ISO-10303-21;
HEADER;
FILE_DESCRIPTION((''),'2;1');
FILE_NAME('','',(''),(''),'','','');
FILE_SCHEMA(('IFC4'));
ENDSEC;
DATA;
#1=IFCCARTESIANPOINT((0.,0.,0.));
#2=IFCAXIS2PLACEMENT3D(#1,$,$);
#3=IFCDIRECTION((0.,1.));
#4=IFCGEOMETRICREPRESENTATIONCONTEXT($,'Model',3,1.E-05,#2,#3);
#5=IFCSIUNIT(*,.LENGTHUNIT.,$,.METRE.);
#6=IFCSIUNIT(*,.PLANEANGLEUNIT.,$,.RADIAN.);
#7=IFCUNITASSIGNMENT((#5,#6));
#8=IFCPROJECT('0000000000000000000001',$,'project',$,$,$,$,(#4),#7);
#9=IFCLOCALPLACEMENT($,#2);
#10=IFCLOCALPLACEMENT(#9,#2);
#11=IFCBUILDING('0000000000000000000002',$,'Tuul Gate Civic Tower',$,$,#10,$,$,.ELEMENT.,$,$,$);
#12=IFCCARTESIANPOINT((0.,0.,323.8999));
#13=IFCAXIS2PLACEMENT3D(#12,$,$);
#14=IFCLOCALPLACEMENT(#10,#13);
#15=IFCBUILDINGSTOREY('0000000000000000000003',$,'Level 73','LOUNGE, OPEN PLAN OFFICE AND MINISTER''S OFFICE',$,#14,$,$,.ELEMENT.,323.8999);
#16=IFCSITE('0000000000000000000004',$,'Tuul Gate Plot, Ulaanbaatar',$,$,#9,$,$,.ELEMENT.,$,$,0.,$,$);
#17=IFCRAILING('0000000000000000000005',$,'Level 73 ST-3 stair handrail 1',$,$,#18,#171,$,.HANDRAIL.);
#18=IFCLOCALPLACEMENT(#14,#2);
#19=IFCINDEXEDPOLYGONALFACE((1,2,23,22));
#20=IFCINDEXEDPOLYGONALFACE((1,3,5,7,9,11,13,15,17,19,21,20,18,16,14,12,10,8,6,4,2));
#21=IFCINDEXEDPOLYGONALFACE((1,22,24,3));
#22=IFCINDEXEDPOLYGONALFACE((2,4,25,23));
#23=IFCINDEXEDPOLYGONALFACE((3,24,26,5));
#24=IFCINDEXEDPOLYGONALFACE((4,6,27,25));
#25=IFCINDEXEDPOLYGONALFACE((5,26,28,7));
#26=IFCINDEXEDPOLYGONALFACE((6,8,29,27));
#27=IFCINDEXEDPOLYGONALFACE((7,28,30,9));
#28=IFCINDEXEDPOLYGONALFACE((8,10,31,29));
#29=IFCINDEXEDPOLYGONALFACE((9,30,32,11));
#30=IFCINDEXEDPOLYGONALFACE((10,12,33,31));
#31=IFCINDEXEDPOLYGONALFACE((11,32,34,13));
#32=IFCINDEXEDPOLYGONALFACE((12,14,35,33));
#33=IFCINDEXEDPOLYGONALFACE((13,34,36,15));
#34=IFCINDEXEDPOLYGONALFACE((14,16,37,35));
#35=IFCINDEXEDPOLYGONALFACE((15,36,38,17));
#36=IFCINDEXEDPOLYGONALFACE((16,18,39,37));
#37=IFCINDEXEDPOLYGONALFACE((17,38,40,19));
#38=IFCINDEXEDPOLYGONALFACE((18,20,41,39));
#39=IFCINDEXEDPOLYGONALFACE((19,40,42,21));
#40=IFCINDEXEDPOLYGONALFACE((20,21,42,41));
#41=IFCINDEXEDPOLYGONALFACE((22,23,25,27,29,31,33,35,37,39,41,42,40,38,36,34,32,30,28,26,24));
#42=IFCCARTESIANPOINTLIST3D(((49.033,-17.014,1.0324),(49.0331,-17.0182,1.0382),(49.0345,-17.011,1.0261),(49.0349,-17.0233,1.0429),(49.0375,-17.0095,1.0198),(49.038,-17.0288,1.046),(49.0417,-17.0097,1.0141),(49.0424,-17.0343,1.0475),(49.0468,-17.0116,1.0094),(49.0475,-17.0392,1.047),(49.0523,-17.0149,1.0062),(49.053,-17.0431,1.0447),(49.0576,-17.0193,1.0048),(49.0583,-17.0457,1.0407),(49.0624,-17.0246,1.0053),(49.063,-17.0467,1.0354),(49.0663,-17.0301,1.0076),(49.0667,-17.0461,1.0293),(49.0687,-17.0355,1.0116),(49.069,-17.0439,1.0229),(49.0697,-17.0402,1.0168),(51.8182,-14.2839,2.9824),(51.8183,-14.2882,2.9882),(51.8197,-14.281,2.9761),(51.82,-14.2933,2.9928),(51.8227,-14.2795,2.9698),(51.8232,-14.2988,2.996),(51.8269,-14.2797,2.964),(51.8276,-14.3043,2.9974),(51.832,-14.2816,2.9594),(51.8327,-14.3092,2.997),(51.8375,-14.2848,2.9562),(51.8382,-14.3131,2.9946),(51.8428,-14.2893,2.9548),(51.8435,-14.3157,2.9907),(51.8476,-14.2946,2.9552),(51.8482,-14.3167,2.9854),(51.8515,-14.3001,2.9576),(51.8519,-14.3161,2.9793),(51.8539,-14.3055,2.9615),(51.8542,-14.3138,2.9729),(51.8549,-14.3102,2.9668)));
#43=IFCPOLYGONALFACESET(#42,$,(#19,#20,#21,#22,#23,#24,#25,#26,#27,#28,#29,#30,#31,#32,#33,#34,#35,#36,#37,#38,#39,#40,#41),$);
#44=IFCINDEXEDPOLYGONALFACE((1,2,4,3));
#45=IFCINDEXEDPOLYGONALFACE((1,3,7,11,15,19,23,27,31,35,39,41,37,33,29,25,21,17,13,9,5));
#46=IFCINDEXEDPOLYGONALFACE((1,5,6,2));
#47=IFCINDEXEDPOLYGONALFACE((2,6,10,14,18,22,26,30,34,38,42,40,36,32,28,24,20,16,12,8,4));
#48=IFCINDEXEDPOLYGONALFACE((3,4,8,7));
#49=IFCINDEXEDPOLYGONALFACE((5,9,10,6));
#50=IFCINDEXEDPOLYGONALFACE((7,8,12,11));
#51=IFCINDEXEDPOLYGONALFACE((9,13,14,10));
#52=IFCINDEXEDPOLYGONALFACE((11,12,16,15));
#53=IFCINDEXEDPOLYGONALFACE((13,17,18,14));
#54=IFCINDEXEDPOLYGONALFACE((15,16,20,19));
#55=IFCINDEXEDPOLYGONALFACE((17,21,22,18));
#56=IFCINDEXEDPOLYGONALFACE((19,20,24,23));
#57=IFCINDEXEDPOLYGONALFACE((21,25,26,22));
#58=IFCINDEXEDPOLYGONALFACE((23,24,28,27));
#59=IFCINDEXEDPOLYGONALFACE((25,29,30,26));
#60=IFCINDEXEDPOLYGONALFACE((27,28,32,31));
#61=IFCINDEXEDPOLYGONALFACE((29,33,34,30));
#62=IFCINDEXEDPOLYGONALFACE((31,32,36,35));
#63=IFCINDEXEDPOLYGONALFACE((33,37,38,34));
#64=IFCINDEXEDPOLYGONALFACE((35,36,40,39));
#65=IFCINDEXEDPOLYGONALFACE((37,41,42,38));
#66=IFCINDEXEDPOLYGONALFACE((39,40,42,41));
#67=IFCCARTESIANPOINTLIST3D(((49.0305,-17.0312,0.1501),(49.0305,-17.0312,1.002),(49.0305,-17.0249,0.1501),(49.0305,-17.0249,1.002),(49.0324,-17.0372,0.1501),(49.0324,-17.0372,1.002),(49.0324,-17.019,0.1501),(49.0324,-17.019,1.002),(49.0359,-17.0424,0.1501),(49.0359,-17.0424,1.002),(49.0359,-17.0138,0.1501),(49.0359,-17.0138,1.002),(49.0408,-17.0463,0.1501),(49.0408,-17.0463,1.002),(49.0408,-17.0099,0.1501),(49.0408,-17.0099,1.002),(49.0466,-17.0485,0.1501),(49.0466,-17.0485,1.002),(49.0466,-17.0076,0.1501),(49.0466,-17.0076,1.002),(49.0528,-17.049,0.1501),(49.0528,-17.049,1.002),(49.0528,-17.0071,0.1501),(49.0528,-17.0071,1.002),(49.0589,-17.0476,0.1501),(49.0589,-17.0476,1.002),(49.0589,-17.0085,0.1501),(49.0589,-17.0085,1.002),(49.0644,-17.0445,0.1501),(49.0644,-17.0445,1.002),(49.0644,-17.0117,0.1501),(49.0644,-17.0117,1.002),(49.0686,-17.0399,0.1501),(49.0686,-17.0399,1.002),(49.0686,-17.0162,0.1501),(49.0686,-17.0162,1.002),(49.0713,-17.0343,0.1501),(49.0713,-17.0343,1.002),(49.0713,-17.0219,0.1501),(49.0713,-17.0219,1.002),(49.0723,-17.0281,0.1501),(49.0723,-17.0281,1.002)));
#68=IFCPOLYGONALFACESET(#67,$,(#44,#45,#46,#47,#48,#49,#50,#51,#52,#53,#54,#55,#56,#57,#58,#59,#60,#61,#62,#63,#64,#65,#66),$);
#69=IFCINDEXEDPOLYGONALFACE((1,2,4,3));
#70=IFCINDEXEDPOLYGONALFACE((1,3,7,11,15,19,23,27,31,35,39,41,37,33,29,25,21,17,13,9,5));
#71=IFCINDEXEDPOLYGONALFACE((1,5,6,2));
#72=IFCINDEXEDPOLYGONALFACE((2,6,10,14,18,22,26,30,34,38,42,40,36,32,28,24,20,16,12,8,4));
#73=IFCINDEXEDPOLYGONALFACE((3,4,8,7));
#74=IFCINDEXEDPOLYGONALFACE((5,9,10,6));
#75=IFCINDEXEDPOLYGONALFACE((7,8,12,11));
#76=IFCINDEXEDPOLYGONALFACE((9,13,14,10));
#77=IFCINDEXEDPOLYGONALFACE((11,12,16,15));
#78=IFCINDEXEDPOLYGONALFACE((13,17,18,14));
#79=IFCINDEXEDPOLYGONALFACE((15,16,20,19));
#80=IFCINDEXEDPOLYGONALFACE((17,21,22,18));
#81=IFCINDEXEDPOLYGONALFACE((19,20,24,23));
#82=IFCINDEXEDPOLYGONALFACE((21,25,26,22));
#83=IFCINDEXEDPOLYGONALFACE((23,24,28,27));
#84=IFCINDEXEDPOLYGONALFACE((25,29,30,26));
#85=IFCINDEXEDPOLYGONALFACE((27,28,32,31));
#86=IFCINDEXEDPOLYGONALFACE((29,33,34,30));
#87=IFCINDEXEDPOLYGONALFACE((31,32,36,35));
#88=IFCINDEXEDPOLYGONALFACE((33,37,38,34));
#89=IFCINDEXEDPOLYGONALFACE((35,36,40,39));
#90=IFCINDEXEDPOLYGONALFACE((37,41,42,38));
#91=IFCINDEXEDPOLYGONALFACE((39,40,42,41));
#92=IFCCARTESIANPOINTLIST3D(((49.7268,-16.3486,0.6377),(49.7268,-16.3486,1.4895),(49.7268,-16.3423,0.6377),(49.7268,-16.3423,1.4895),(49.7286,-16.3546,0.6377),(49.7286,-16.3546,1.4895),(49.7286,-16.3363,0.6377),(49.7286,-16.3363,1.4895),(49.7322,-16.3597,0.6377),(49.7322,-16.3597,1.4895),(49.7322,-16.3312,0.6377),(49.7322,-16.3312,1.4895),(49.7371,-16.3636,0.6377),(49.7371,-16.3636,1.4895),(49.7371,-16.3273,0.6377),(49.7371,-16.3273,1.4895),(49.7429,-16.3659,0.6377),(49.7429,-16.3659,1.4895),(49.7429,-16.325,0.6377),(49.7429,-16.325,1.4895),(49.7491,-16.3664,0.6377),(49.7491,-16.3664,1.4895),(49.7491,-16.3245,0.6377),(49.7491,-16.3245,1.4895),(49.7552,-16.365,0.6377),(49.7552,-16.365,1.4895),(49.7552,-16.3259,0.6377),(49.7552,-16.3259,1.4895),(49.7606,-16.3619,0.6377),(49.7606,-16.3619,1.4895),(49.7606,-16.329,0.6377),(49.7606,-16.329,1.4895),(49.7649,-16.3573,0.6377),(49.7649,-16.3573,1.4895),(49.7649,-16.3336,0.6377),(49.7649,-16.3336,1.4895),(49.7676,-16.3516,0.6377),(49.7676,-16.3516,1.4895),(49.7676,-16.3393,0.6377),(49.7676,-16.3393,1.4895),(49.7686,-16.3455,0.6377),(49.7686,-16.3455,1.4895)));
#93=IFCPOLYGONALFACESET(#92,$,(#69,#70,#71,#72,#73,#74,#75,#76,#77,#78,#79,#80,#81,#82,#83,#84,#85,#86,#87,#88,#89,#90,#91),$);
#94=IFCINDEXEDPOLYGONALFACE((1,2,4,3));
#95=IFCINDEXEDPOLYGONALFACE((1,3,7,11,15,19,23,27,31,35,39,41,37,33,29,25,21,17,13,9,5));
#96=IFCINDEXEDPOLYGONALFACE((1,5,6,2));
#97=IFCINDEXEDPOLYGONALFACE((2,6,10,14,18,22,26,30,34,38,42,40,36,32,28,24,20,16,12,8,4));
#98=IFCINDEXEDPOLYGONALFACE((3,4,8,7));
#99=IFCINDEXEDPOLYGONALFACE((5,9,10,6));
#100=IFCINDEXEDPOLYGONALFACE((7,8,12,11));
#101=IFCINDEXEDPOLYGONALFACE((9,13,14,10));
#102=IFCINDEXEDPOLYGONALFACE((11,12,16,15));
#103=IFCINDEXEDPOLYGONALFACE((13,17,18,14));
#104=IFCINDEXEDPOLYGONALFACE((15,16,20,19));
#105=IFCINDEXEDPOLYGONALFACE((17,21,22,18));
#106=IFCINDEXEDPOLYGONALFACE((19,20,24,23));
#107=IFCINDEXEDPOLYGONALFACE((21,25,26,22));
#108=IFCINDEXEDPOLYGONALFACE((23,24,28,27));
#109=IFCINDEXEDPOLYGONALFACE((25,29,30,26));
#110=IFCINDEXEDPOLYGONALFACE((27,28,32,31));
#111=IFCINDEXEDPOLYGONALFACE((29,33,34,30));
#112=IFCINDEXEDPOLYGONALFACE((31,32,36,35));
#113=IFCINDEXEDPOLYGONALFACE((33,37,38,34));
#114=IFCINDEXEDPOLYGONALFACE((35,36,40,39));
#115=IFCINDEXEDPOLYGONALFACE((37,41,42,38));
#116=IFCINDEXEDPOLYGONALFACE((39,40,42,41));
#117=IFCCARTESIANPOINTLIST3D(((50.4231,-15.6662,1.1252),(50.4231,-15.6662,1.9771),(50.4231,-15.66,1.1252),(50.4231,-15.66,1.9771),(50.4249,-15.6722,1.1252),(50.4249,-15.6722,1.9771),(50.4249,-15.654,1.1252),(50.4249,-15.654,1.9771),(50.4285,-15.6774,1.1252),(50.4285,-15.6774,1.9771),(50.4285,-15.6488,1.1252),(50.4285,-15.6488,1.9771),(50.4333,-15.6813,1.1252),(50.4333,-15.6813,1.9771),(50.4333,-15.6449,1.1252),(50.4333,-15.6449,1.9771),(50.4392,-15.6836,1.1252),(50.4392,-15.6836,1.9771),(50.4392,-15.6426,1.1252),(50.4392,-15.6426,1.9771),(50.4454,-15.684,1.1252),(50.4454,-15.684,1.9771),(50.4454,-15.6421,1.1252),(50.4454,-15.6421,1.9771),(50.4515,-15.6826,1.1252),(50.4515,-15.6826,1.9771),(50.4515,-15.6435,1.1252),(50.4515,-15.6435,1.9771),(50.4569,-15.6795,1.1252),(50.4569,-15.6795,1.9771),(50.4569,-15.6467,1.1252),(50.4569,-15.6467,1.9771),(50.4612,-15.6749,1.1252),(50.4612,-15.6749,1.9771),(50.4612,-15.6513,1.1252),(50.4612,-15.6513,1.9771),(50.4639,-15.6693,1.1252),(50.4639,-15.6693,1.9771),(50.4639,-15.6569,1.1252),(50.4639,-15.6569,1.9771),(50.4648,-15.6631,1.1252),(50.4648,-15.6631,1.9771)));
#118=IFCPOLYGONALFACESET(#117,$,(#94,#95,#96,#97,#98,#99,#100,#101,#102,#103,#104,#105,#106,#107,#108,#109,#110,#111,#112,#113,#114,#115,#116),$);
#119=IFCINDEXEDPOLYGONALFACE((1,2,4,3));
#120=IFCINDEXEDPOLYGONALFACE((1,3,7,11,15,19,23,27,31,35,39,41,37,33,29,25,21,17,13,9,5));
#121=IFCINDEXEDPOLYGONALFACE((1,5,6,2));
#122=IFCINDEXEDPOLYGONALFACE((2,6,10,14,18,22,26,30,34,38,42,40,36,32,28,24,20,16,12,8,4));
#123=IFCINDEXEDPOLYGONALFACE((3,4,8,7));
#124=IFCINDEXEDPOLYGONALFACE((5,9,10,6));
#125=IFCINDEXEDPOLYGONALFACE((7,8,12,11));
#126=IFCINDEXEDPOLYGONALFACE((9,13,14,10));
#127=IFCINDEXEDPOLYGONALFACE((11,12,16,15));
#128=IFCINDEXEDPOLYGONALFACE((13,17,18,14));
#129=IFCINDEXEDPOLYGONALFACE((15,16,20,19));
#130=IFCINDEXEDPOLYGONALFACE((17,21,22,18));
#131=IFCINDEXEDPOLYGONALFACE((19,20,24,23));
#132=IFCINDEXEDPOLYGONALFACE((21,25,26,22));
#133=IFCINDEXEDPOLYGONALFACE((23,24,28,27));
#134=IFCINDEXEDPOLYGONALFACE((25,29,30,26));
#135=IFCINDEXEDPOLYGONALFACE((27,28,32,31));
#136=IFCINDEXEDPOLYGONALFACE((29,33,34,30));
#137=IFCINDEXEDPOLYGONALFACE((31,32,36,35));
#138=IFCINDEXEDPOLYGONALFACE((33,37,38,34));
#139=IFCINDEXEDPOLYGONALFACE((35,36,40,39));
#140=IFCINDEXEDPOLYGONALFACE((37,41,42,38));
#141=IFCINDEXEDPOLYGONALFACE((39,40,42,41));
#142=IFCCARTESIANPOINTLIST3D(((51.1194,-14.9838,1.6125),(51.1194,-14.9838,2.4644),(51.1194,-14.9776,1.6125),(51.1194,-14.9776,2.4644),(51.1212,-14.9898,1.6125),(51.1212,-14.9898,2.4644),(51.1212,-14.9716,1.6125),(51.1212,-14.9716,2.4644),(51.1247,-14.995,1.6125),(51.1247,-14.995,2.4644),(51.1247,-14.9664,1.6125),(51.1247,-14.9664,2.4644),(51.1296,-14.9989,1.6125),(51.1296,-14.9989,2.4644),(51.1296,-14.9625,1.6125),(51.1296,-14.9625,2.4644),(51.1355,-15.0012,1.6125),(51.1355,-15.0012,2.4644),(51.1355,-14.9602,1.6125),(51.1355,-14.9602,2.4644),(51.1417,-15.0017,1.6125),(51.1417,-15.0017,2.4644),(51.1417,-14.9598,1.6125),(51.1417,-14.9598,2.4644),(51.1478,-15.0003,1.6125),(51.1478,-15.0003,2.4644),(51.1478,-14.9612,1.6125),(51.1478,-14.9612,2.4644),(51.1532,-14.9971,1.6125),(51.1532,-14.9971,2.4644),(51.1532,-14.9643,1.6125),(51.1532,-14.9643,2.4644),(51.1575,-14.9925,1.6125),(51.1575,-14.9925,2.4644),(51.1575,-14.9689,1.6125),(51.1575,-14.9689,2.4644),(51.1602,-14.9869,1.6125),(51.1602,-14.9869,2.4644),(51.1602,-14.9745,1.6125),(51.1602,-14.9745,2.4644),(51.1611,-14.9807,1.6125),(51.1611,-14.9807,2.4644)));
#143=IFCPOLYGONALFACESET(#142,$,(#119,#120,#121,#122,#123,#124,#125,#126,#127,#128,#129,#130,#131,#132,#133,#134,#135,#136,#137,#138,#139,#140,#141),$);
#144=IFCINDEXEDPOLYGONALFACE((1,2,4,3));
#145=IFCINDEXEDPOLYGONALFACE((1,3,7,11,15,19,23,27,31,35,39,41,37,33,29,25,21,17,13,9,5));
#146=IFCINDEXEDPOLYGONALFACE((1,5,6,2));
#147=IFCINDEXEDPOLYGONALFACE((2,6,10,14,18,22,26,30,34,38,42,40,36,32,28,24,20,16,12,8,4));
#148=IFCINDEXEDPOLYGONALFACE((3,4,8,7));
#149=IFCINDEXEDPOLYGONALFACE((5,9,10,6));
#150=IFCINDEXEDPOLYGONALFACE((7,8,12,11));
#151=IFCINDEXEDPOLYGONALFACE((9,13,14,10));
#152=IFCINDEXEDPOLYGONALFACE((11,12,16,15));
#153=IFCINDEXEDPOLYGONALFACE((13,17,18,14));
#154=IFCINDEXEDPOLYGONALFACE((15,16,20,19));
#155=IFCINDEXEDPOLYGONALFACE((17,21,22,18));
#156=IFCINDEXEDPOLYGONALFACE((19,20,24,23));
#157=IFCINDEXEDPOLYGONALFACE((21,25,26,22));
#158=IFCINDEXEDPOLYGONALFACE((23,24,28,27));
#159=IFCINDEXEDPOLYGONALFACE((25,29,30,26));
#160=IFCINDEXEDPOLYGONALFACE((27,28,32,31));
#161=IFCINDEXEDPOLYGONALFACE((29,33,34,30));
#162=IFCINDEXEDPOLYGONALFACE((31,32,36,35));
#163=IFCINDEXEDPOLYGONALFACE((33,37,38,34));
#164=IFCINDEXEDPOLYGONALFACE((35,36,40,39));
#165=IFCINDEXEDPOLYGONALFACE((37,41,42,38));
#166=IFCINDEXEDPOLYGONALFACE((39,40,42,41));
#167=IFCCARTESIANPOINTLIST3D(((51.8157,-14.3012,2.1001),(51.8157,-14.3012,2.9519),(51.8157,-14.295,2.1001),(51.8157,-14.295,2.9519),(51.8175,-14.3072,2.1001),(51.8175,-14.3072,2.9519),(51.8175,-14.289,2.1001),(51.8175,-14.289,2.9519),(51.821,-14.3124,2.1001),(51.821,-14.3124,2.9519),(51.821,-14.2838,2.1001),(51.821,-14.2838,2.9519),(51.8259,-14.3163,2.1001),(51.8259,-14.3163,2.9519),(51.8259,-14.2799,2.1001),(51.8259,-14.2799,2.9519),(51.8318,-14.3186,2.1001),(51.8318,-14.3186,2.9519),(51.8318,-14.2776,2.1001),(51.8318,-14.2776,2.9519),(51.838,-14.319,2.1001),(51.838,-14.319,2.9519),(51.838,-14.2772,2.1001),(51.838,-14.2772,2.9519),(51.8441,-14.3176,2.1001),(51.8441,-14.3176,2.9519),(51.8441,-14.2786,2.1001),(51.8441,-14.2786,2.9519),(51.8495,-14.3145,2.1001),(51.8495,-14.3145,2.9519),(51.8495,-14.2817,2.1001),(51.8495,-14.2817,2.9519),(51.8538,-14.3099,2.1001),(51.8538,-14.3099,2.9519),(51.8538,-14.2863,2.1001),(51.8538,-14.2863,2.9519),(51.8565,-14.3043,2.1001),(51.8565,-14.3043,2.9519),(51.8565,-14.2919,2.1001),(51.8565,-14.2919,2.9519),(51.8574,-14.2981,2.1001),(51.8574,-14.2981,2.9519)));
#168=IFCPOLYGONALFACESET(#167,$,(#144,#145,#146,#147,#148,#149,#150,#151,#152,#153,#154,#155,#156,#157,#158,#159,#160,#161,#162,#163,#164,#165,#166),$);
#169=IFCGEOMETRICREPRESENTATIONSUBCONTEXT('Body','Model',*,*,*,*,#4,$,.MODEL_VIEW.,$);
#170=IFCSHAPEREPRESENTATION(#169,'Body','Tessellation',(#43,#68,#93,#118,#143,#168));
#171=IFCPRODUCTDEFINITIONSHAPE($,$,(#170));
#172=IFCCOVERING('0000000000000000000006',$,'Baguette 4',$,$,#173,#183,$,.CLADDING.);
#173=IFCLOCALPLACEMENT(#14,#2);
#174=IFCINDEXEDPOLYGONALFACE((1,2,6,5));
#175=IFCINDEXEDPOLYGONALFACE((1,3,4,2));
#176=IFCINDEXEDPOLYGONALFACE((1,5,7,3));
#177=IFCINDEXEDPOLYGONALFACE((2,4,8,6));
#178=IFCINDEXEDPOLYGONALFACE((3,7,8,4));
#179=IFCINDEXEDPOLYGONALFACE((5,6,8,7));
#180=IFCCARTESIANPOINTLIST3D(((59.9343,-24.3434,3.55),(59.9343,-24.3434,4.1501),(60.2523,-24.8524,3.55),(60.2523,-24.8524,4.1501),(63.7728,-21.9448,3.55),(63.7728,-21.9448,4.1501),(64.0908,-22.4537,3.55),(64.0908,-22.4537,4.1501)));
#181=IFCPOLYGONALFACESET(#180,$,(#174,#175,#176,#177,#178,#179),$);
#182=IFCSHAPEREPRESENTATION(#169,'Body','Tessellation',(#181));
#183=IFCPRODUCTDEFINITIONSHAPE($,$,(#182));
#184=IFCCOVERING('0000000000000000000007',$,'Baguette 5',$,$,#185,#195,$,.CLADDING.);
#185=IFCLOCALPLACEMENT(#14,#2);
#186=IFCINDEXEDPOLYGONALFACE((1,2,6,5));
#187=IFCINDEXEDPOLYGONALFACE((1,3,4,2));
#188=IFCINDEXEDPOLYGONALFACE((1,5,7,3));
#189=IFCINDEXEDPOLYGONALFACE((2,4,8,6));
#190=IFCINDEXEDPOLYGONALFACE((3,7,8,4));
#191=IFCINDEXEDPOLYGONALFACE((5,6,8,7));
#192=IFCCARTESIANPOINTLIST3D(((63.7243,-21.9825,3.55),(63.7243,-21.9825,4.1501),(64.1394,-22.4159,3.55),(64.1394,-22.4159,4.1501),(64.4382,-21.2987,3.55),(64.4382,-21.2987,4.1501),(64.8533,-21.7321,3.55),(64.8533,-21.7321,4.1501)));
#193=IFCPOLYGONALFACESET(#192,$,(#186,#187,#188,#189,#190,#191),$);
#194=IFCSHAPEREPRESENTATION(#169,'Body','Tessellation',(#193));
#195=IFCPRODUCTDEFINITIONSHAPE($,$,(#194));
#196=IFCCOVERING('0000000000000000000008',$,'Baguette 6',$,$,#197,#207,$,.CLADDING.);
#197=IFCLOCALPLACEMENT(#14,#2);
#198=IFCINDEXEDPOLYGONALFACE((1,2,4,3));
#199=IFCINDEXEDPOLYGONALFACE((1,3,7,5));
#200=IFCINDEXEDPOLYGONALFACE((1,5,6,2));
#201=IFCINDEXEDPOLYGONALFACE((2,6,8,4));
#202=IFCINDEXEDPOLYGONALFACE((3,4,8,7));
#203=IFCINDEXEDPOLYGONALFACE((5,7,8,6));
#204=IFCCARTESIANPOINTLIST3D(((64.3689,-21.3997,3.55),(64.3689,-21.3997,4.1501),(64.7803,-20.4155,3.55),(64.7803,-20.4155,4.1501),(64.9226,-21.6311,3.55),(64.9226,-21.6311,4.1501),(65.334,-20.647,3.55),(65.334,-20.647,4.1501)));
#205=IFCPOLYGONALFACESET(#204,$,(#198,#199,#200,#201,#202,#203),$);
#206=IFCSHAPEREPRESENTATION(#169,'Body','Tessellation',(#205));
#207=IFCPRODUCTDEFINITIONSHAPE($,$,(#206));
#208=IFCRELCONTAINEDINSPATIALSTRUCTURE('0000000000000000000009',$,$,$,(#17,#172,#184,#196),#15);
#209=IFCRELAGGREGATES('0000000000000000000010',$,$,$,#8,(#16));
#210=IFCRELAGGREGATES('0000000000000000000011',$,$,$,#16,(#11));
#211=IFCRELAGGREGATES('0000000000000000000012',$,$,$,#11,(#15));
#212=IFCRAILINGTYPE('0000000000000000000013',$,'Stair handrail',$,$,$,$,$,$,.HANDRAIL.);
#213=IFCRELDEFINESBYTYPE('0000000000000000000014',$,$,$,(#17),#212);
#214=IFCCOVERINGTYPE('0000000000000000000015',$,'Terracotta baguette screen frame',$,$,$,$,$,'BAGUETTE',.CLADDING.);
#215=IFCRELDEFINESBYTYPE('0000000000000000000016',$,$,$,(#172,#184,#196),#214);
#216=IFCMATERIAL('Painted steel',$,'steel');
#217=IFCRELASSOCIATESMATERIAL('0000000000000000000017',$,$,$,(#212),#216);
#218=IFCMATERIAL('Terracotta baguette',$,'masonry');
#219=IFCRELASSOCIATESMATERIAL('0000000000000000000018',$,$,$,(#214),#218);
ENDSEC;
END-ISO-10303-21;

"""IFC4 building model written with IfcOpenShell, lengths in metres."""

from ifc_helpers import new_model, si_unit, direction, frame, origin, origin_2d, place, context, subcontext, project, spatial, rectangle, circle, extrude, material, material_profile, profile_set, type_object, element, save


model = new_model("IFC4")

# Units and contexts
model_context = context("Model", 3, precision=1e-05, world=origin(), true_north=direction((0.0, 1.0)))
body_context = subcontext(model_context, "Body", "Model", "MODEL_VIEW")
ifc_project = project(units=[si_unit("LENGTHUNIT", "METRE"), si_unit("PLANEANGLEUNIT", "RADIAN")], contexts=[model_context])

# Site, building, storey
site_placement = place(None, origin())
site = spatial("IfcSite", under=ifc_project, at=site_placement, Name="Tuul Gate Plot, Ulaanbaatar", CompositionType="ELEMENT", RefElevation=0.0)
building_placement = place(site_placement, origin())
building = spatial("IfcBuilding", under=site, at=building_placement, Name="Tuul Gate Civic Tower", CompositionType="ELEMENT")
storey_placement = place(building_placement, frame((0.0, 0.0, 323.8999)))
storey = spatial("IfcBuildingStorey", under=building, at=storey_placement, Name="Level 73", Description="LOUNGE, OPEN PLAN OFFICE AND MINISTER'S OFFICE", CompositionType="ELEMENT", Elevation=323.8999)

# Railing
ifc_material_1 = material(Name="Painted steel", Category="steel")
railing_type = type_object("IfcRailingType", Name="Stair handrail", PredefinedType="HANDRAIL", material=ifc_material_1)
railing_placement = place(storey_placement, frame((49.0513, -17.0281, 0.1501)))
element("IfcRailing", 1, at=railing_placement, inside=storey, type_object=railing_type, Name="Level 73 ST-3 stair handrail 1", PredefinedType="HANDRAIL", context=body_context, shape_type="SweptSolid", body=[
    extrude(circle(Radius=0.0239, at=origin_2d()), frame((0.0, 0.0, 0.876), z_axis=(0.638754, 0.6261, 0.447206), x_axis=(-0.699998, 0.714145, 0.0)), (0.0, 0.0, 1.0), 4.3604),
    extrude(circle(Radius=0.021, at=origin_2d()), origin(), (0.0, 0.0, 1.0), 0.8518),
    extrude(circle(Radius=0.021, at=origin_2d()), frame((0.6963, 0.6826, 0.4875)), (0.0, 0.0, 1.0), 0.8518),
    extrude(circle(Radius=0.021, at=origin_2d()), frame((1.3926, 1.365, 0.9751)), (0.0, 0.0, 1.0), 0.8518),
    extrude(circle(Radius=0.021, at=origin_2d()), frame((2.0889, 2.0474, 1.4624)), (0.0, 0.0, 1.0), 0.8518),
    extrude(circle(Radius=0.021, at=origin_2d()), frame((2.7852, 2.73, 1.95)), (0.0, 0.0, 1.0), 0.8518),
])

# Coverings
ifc_material_2 = material(Name="Terracotta baguette", Category="masonry")
ifc_material_profile_1 = material_profile(ifc_material_2, rectangle(XDim=0.6001, YDim=0.6001, at=origin_2d()), Name="Terracotta baguette screen frame")
ifc_profile_set_1 = profile_set([ifc_material_profile_1], Name="Terracotta baguette")
covering_type = type_object("IfcCoveringType", Name="Terracotta baguette screen frame", ElementType="BAGUETTE", PredefinedType="CLADDING", material=ifc_profile_set_1)
covering_1_placement = place(storey_placement, frame((60.0933, -24.5979, 3.8501), z_axis=(0.848044, 0.529926, 0.0), x_axis=(-0.529926, 0.848044, 0.0)))
element("IfcCovering", 2, at=covering_1_placement, inside=storey, type_object=covering_type, Name="Baguette 4", PredefinedType="CLADDING", context=body_context, shape_type="SweptSolid", body=[
    extrude(rectangle(XDim=0.6001, YDim=0.6001, at=origin_2d()), origin(), (0.0, 0.0, 1.0), 4.5264),
])
covering_2_placement = place(storey_placement, frame((63.9319, -22.1992, 3.8501), z_axis=(0.722132, 0.691755, 0.0), x_axis=(-0.691755, 0.722132, 0.0)))
element("IfcCovering", 3, at=covering_2_placement, inside=storey, type_object=covering_type, Name="Baguette 5", PredefinedType="CLADDING", context=body_context, shape_type="SweptSolid", body=[
    extrude(rectangle(XDim=0.6001, YDim=0.6001, at=origin_2d()), origin(), (0.0, 0.0, 1.0), 0.9885),
])
covering_3_placement = place(storey_placement, frame((64.6458, -21.5154, 3.8501), z_axis=(0.385672, 0.922636, 0.0), x_axis=(-0.922636, 0.385672, 0.0)))
element("IfcCovering", 4, at=covering_3_placement, inside=storey, type_object=covering_type, Name="Baguette 6", PredefinedType="CLADDING", context=body_context, shape_type="SweptSolid", body=[
    extrude(rectangle(XDim=0.6001, YDim=0.6001, at=origin_2d()), origin(), (0.0, 0.0, 1.0), 1.0667),
])

save(model, "model.ifc")
